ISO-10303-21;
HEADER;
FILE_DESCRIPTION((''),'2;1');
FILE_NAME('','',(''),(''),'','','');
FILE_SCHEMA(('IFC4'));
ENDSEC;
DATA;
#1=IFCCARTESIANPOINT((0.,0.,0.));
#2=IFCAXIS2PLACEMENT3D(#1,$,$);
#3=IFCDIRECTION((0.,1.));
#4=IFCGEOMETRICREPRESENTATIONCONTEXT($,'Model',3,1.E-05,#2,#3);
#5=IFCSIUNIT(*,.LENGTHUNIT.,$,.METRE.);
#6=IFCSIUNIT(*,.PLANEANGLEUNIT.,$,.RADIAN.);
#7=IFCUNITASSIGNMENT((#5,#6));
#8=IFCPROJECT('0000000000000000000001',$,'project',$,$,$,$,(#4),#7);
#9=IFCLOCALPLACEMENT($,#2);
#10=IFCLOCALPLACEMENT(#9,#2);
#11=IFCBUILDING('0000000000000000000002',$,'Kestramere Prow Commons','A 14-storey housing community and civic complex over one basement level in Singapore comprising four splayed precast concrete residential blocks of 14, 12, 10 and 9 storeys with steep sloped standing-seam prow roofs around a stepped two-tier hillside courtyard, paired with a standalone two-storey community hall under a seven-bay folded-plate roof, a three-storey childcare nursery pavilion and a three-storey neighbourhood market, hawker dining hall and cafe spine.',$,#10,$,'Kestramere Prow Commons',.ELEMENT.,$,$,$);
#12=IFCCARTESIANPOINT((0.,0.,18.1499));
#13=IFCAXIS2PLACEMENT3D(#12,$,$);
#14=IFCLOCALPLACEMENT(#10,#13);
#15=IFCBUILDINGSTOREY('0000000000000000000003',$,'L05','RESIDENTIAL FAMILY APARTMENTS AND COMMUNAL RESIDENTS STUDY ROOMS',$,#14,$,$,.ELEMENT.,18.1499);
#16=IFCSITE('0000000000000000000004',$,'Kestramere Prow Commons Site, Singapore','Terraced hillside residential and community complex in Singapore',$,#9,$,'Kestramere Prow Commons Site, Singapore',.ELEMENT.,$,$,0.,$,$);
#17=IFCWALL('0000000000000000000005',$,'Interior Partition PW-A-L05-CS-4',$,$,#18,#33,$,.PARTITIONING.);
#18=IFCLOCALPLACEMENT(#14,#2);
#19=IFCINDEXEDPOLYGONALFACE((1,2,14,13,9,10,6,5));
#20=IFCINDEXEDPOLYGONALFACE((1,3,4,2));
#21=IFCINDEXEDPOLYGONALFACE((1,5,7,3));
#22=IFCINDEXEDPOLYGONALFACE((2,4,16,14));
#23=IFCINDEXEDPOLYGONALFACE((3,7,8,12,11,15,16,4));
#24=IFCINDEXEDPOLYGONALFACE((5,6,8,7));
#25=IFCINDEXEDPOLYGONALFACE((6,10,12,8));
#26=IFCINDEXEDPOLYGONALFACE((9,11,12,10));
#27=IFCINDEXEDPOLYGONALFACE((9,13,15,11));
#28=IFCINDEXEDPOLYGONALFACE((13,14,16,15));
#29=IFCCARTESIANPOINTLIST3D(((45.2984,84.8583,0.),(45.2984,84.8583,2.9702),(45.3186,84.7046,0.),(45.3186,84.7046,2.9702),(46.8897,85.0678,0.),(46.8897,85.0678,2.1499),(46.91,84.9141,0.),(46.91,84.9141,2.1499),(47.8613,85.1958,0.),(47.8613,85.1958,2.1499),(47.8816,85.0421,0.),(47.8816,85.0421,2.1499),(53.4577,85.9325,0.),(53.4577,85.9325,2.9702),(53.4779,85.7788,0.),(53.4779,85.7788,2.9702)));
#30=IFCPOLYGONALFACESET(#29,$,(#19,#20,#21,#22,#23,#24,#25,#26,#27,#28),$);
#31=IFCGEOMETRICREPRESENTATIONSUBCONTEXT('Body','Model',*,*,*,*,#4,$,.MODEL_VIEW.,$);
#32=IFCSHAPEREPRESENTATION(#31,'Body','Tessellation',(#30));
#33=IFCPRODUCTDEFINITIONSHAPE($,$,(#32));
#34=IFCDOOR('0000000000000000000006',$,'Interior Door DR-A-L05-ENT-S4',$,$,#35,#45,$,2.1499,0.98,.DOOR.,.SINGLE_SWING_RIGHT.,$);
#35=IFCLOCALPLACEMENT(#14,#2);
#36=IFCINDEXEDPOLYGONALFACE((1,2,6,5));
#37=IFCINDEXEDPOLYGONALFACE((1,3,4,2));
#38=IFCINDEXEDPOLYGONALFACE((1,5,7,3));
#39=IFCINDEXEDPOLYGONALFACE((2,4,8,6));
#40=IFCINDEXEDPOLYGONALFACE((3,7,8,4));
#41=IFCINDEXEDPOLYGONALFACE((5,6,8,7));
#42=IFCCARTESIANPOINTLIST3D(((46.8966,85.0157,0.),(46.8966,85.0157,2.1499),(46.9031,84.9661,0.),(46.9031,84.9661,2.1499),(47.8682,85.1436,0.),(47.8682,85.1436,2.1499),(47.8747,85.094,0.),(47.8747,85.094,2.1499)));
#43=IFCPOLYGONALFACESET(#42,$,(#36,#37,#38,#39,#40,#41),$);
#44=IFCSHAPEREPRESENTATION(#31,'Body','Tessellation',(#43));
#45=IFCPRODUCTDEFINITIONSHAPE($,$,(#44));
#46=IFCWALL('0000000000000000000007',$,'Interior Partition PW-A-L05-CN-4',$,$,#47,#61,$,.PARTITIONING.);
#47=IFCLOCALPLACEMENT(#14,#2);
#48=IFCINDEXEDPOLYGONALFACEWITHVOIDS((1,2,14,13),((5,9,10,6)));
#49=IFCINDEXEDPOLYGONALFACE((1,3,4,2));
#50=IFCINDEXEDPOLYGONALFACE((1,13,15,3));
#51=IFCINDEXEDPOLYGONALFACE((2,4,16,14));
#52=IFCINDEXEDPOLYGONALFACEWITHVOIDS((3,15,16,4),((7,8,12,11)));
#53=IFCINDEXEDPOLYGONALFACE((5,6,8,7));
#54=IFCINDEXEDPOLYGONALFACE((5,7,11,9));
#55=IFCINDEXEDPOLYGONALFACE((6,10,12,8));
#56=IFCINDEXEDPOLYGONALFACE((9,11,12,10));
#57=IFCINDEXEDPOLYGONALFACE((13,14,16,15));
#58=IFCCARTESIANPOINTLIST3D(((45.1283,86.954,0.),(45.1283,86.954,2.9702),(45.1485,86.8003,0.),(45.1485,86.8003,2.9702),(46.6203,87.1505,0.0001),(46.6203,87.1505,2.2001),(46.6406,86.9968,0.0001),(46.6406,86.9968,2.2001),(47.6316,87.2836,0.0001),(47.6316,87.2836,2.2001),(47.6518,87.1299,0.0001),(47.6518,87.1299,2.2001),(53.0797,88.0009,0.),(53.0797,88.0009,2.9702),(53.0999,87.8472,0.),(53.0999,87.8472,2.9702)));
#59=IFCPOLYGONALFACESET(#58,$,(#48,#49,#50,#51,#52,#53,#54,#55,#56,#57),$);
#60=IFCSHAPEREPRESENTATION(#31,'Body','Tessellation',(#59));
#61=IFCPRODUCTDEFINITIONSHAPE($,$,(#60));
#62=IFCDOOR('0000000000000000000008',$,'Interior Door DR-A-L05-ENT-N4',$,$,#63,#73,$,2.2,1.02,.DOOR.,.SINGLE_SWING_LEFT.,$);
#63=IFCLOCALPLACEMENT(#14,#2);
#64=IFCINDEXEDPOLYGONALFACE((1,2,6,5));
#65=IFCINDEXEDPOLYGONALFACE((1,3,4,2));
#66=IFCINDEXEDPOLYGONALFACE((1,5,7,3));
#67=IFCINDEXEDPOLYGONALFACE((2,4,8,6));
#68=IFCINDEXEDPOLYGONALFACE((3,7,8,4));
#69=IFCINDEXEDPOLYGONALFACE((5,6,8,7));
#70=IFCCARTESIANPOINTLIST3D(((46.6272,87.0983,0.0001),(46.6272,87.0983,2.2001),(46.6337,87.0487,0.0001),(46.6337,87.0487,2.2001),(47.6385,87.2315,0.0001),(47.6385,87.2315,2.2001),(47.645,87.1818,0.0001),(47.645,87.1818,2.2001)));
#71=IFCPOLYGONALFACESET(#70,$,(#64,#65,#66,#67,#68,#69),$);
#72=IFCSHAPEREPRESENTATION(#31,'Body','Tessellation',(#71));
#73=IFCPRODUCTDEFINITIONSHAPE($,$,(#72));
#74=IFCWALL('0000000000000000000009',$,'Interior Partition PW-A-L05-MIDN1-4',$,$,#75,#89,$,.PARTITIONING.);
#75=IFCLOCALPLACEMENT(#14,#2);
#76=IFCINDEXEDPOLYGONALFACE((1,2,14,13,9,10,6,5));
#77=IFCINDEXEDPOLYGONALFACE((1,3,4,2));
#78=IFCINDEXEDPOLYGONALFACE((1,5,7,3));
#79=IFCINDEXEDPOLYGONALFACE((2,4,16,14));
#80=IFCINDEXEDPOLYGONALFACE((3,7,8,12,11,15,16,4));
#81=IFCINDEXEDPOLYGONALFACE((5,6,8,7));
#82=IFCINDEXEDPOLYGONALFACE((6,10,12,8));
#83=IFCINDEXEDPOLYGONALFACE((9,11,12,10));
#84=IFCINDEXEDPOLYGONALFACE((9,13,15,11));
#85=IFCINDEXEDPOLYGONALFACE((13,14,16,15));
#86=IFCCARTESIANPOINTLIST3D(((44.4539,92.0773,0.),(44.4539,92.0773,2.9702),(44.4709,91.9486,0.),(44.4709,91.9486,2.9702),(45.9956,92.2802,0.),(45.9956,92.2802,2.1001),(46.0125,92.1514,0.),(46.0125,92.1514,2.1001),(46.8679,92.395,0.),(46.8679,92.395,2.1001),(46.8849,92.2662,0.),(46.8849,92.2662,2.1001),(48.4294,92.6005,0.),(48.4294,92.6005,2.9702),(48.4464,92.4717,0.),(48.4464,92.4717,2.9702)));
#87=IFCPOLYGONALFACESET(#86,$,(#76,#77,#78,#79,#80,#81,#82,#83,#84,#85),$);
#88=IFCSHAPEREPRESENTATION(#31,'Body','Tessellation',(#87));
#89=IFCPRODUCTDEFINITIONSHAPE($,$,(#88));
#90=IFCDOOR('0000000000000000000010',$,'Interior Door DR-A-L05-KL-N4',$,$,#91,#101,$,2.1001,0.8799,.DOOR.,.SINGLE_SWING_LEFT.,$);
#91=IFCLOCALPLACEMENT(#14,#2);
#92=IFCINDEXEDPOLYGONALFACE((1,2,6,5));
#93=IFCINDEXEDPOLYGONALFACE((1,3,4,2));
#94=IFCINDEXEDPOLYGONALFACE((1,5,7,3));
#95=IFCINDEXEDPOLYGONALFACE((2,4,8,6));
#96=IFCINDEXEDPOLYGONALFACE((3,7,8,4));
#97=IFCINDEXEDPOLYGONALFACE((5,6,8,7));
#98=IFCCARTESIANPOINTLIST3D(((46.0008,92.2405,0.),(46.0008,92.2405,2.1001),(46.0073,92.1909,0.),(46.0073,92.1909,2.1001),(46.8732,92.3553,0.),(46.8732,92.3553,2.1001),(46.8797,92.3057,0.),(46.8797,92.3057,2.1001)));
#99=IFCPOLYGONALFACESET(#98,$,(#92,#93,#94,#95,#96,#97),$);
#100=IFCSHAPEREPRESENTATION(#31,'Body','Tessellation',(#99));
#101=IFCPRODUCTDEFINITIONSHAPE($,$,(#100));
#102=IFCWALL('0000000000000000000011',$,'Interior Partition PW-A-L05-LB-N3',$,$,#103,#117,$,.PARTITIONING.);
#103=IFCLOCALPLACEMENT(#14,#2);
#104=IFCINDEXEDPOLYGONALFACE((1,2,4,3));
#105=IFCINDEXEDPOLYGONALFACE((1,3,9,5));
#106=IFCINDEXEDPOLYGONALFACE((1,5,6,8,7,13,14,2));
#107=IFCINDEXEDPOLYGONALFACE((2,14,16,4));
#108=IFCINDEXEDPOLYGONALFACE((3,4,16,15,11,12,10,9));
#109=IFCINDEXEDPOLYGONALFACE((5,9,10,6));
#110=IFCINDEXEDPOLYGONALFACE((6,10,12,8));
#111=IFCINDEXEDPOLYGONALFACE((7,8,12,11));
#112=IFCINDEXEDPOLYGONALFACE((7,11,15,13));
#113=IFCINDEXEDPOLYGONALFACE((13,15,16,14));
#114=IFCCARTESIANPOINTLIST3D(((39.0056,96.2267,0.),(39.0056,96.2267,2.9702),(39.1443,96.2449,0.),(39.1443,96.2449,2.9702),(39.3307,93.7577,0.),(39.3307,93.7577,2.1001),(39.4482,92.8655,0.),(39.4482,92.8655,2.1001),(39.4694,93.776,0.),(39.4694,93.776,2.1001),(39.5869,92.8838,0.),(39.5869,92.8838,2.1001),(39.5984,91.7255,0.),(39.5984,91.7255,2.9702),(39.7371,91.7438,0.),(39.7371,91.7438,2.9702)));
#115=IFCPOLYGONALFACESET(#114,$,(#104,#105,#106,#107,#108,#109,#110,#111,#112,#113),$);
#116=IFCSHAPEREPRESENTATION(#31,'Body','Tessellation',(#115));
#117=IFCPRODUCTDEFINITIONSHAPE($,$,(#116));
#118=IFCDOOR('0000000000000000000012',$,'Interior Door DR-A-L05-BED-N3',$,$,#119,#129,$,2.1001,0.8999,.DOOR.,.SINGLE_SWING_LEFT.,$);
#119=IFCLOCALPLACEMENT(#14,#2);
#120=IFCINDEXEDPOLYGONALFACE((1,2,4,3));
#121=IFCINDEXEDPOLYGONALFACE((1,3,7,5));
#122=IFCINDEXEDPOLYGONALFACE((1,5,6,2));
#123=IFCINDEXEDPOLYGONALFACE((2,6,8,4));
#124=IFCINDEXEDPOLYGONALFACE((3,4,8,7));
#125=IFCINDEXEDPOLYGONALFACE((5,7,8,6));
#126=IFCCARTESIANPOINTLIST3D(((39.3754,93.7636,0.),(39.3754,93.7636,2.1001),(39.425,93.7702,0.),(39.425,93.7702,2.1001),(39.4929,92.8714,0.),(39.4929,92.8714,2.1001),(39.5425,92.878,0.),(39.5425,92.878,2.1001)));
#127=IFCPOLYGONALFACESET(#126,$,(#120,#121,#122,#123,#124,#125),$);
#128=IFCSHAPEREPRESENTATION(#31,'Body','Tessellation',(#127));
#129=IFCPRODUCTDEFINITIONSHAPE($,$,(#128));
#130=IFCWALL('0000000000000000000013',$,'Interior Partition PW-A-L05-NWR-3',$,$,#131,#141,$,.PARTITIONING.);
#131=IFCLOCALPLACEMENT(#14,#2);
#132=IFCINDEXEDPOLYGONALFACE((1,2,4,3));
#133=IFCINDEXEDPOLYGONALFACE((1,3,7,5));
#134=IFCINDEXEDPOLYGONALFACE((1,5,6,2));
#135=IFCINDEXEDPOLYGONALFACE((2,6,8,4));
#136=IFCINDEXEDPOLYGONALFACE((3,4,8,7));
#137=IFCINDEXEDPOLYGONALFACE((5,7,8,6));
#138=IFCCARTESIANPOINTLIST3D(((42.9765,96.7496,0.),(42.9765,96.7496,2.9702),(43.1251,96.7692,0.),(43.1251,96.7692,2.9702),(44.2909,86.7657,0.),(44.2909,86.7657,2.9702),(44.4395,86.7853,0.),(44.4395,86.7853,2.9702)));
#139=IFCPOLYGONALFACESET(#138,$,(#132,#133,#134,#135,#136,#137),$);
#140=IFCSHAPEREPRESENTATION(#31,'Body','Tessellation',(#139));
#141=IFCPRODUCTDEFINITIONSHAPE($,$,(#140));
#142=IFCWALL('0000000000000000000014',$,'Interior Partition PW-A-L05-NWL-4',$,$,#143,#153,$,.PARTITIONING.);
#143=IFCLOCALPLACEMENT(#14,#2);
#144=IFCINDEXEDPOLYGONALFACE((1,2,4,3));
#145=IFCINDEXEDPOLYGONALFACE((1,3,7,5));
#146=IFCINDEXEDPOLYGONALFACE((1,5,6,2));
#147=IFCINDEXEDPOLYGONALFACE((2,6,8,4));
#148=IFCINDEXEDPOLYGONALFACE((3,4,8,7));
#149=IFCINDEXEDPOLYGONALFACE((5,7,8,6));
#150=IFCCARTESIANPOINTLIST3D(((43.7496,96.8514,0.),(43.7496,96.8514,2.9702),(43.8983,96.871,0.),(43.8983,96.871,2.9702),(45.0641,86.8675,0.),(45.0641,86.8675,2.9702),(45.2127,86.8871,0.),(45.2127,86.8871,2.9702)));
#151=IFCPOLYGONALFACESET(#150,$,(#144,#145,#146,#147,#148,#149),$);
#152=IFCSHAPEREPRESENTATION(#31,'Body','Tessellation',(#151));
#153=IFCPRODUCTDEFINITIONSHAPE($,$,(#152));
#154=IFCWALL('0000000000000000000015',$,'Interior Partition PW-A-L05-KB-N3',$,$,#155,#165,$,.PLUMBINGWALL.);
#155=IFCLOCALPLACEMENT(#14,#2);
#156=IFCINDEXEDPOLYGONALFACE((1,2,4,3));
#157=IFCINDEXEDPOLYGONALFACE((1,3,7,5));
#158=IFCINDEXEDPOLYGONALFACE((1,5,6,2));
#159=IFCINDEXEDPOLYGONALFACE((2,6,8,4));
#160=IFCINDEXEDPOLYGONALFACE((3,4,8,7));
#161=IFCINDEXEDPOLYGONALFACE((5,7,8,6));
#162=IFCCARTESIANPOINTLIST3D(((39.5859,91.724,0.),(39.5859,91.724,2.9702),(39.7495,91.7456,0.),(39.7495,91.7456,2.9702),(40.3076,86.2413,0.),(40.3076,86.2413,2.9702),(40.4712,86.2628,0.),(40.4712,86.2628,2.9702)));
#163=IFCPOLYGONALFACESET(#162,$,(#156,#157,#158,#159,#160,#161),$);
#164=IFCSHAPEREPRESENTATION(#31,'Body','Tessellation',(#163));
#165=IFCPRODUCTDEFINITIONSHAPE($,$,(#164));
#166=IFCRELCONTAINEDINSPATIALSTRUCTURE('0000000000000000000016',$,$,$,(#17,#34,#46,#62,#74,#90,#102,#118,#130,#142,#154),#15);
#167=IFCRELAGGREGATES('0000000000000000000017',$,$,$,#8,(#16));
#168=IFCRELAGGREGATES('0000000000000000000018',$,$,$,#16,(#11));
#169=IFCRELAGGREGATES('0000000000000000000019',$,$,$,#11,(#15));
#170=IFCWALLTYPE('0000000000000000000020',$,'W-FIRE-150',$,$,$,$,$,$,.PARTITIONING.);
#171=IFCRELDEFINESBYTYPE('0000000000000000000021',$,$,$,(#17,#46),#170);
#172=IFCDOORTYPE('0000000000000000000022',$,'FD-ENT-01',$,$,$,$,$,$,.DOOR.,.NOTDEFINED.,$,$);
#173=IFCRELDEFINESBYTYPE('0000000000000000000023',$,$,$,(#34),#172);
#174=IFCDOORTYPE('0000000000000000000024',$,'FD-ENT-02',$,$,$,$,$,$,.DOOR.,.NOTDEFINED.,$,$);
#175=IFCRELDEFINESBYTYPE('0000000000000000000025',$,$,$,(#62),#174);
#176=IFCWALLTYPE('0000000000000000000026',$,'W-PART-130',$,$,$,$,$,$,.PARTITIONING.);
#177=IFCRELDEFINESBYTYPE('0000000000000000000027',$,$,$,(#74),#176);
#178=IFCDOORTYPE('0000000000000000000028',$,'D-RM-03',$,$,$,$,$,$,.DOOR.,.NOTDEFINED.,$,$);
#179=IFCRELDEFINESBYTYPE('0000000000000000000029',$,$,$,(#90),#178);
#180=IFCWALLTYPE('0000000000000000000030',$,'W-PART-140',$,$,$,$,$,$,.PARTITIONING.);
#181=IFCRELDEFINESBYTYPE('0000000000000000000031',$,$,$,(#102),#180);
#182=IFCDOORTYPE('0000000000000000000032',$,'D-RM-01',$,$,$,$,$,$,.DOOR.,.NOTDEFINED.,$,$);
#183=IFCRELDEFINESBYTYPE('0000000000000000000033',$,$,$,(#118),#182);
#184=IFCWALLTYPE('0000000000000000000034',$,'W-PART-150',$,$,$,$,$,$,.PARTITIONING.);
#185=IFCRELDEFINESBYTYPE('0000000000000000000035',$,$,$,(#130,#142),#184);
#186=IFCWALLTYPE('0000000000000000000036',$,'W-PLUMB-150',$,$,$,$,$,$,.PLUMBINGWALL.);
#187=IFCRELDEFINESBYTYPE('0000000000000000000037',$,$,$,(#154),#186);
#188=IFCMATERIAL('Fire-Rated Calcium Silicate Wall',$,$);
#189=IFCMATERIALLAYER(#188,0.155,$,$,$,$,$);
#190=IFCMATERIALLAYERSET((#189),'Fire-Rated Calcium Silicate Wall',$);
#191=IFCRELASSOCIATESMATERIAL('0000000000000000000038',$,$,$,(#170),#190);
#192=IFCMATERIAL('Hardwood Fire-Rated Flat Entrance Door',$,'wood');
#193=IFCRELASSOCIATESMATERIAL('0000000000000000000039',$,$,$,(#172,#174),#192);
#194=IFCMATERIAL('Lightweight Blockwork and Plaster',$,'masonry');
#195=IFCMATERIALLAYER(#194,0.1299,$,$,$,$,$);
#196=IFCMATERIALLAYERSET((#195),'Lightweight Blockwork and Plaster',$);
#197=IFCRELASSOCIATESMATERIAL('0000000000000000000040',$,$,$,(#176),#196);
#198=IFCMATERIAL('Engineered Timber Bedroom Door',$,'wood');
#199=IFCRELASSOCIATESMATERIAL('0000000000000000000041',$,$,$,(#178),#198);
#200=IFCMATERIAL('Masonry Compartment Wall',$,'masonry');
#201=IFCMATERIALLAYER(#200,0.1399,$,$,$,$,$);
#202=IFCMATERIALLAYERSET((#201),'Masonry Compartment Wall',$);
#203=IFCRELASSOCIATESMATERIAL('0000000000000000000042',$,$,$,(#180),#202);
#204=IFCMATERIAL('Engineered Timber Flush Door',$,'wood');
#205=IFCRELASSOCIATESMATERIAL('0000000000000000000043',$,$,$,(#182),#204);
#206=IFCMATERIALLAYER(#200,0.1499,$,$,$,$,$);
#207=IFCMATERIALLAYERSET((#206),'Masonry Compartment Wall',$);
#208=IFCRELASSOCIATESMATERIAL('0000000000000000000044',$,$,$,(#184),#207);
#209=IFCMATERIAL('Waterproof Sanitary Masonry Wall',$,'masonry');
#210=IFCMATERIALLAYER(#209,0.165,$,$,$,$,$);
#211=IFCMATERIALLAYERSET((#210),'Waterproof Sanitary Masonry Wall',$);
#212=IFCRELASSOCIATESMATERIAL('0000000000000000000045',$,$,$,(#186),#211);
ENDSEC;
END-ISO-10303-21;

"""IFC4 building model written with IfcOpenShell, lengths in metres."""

from ifc_helpers import new_model, si_unit, direction, frame, frame_2d, origin, place, context, subcontext, project, spatial, rectangle, extrude, material, layer, layer_set, type_object, element, fill, save


model = new_model("IFC4")

# Units and contexts
model_context = context("Model", 3, precision=1e-05, world=origin(), true_north=direction((0.0, 1.0)))
body_context = subcontext(model_context, "Body", "Model", "MODEL_VIEW")
ifc_project = project(units=[si_unit("LENGTHUNIT", "METRE"), si_unit("PLANEANGLEUNIT", "RADIAN")], contexts=[model_context])

# Site, building, storey
site_placement = place(None, origin())
site = spatial("IfcSite", under=ifc_project, at=site_placement, Name="Kestramere Prow Commons Site, Singapore", Description="Terraced hillside residential and community complex in Singapore", LongName="Kestramere Prow Commons Site, Singapore", CompositionType="ELEMENT", RefElevation=0.0)
building_placement = place(site_placement, origin())
building = spatial("IfcBuilding", under=site, at=building_placement, Name="Kestramere Prow Commons", Description="A 14-storey housing community and civic complex over one basement level in Singapore comprising four splayed precast concrete residential blocks of 14, 12, 10 and 9 storeys with steep sloped standing-seam prow roofs around a stepped two-tier hillside courtyard, paired with a standalone two-storey community hall under a seven-bay folded-plate roof, a three-storey childcare nursery pavilion and a three-storey neighbourhood market, hawker dining hall and cafe spine.", LongName="Kestramere Prow Commons", CompositionType="ELEMENT")
storey_placement = place(building_placement, frame((0.0, 0.0, 18.1499)))
storey = spatial("IfcBuildingStorey", under=building, at=storey_placement, Name="L05", Description="RESIDENTIAL FAMILY APARTMENTS AND COMMUNAL RESIDENTS STUDY ROOMS", CompositionType="ELEMENT", Elevation=18.1499)

# Walls, openings, doors
ifc_material_1 = material(Name="Fire-Rated Calcium Silicate Wall")
ifc_layer_1 = layer(ifc_material_1, 0.155)
ifc_layer_set_1 = layer_set([ifc_layer_1], Name="Fire-Rated Calcium Silicate Wall")
wall_type_1 = type_object("IfcWallType", Name="W-FIRE-150", PredefinedType="PARTITIONING", material=ifc_layer_set_1)
wall_1_placement = place(storey_placement, frame((45.3086, 84.7815, 0.0), z_axis=(0.0, 0.0, 1.0), x_axis=(0.991445, 0.130527, 0.0)))
wall_1 = element("IfcWall", 1, at=wall_1_placement, inside=storey, type_object=wall_type_1, Name="Interior Partition PW-A-L05-CS-4", PredefinedType="PARTITIONING", context=body_context, shape_type="SweptSolid", body=[
    extrude(rectangle(XDim=8.2297, YDim=0.155, at=frame_2d((4.1147, 0.0))), origin(), (0.0, 0.0, 1.0), 2.9702),
])
opening_1_placement = place(wall_1_placement, frame((1.605, 0.0, 0.0)))
opening_1 = element("IfcOpeningElement", 2, at=opening_1_placement, cuts=wall_1, PredefinedType="OPENING", context=body_context, shape_type="SweptSolid", body=[
    extrude(rectangle(XDim=0.98, YDim=2.1499, at=frame_2d((0.49, 1.075))), frame((0.0, 0.0925, 0.0), z_axis=(0.0, -1.0, 0.0), x_axis=(1.0, 0.0, 0.0)), (0.0, 0.0, 1.0), 0.1851),
])
ifc_material_2 = material(Name="Hardwood Fire-Rated Flat Entrance Door", Category="wood")
door_type_1 = type_object("IfcDoorType", Name="FD-ENT-01", OperationType="NOTDEFINED", PredefinedType="DOOR", material=ifc_material_2)
door_1_placement = place(opening_1_placement, origin())
door_1 = element("IfcDoor", 3, at=door_1_placement, inside=storey, type_object=door_type_1, Name="Interior Door DR-A-L05-ENT-S4", OperationType="SINGLE_SWING_RIGHT", OverallHeight=2.1499, OverallWidth=0.98, PredefinedType="DOOR", context=body_context, shape_type="SweptSolid", body=[
    extrude(rectangle(XDim=0.98, YDim=2.1499, at=frame_2d((0.49, 1.075))), frame((0.0, 0.0249, 0.0), z_axis=(0.0, -1.0, 0.0), x_axis=(1.0, 0.0, 0.0)), (0.0, 0.0, 1.0), 0.05),
])
fill(opening_1, door_1)
wall_2_placement = place(storey_placement, frame((45.1384, 86.8772, 0.0), z_axis=(0.0, 0.0, 1.0), x_axis=(0.991444, 0.130532, 0.0)))
wall_2 = element("IfcWall", 4, at=wall_2_placement, inside=storey, type_object=wall_type_1, Name="Interior Partition PW-A-L05-CN-4", PredefinedType="PARTITIONING", context=body_context, shape_type="SweptSolid", body=[
    extrude(rectangle(XDim=8.02, YDim=0.155, at=frame_2d((4.01, 0.0))), origin(), (0.0, 0.0, 1.0), 2.9702),
])
opening_2_placement = place(wall_2_placement, frame((1.5049, 0.0, 0.0)))
opening_2 = element("IfcOpeningElement", 5, at=opening_2_placement, cuts=wall_2, PredefinedType="OPENING", context=body_context, shape_type="SweptSolid", body=[
    extrude(rectangle(XDim=1.02, YDim=2.2, at=frame_2d((0.51, 1.1001))), frame((0.0, 0.0925, 0.0), z_axis=(0.0, -1.0, 0.0), x_axis=(1.0, 0.0, 0.0)), (0.0, 0.0, 1.0), 0.1851),
])
door_type_2 = type_object("IfcDoorType", Name="FD-ENT-02", OperationType="NOTDEFINED", PredefinedType="DOOR", material=ifc_material_2)
door_2_placement = place(opening_2_placement, origin())
door_2 = element("IfcDoor", 6, at=door_2_placement, inside=storey, type_object=door_type_2, Name="Interior Door DR-A-L05-ENT-N4", OperationType="SINGLE_SWING_LEFT", OverallHeight=2.2, OverallWidth=1.02, PredefinedType="DOOR", context=body_context, shape_type="SweptSolid", body=[
    extrude(rectangle(XDim=1.02, YDim=2.2, at=frame_2d((0.51, 1.1001))), frame((0.0, 0.0249, 0.0), z_axis=(0.0, -1.0, 0.0), x_axis=(1.0, 0.0, 0.0)), (0.0, 0.0, 1.0), 0.05),
])
fill(opening_2, door_2)
ifc_material_3 = material(Name="Lightweight Blockwork and Plaster", Category="masonry")
ifc_layer_2 = layer(ifc_material_3, 0.1299)
ifc_layer_set_2 = layer_set([ifc_layer_2], Name="Lightweight Blockwork and Plaster")
wall_type_2 = type_object("IfcWallType", Name="W-PART-130", PredefinedType="PARTITIONING", material=ifc_layer_set_2)
wall_3_placement = place(storey_placement, frame((44.4624, 92.0129, 0.0), z_axis=(0.0, 0.0, 1.0), x_axis=(0.991451, 0.130477, 0.0)))
wall_3 = element("IfcWall", 7, at=wall_3_placement, inside=storey, type_object=wall_type_2, Name="Interior Partition PW-A-L05-MIDN1-4", PredefinedType="PARTITIONING", context=body_context, shape_type="SweptSolid", body=[
    extrude(rectangle(XDim=4.0098, YDim=0.1299, at=frame_2d((2.0049, 0.0))), origin(), (0.0, 0.0, 1.0), 2.9702),
])
opening_3_placement = place(wall_3_placement, frame((1.5549, 0.0, 0.0)))
opening_3 = element("IfcOpeningElement", 8, at=opening_3_placement, cuts=wall_3, PredefinedType="OPENING", context=body_context, shape_type="SweptSolid", body=[
    extrude(rectangle(XDim=0.8799, YDim=2.1001, at=frame_2d((0.4399, 1.05))), frame((0.0, 0.0798, 0.0), z_axis=(0.0, -1.0, 0.0), x_axis=(1.0, 0.0, 0.0)), (0.0, 0.0, 1.0), 0.1599),
])
ifc_material_4 = material(Name="Engineered Timber Bedroom Door", Category="wood")
door_type_3 = type_object("IfcDoorType", Name="D-RM-03", OperationType="NOTDEFINED", PredefinedType="DOOR", material=ifc_material_4)
door_3_placement = place(opening_3_placement, origin())
door_3 = element("IfcDoor", 9, at=door_3_placement, inside=storey, type_object=door_type_3, Name="Interior Door DR-A-L05-KL-N4", OperationType="SINGLE_SWING_LEFT", OverallHeight=2.1001, OverallWidth=0.8799, PredefinedType="DOOR", context=body_context, shape_type="SweptSolid", body=[
    extrude(rectangle(XDim=0.8799, YDim=2.1001, at=frame_2d((0.4399, 1.05))), frame((0.0, 0.0249, 0.0), z_axis=(0.0, -1.0, 0.0), x_axis=(1.0, 0.0, 0.0)), (0.0, 0.0, 1.0), 0.05),
])
fill(opening_3, door_3)
ifc_material_5 = material(Name="Masonry Compartment Wall", Category="masonry")
ifc_layer_3 = layer(ifc_material_5, 0.1399)
ifc_layer_set_3 = layer_set([ifc_layer_3], Name="Masonry Compartment Wall")
wall_type_3 = type_object("IfcWallType", Name="W-PART-140", PredefinedType="PARTITIONING", material=ifc_layer_set_3)
wall_4_placement = place(storey_placement, frame((39.6677, 91.7346, 0.0), z_axis=(0.0, 0.0, 1.0), x_axis=(-0.130564, 0.99144, 0.0)))
wall_4 = element("IfcWall", 10, at=wall_4_placement, inside=storey, type_object=wall_type_3, Name="Interior Partition PW-A-L05-LB-N3", PredefinedType="PARTITIONING", context=body_context, shape_type="SweptSolid", body=[
    extrude(rectangle(XDim=4.54, YDim=0.1399, at=frame_2d((2.27, 0.0))), origin(), (0.0, 0.0, 1.0), 2.9702),
])
opening_4_placement = place(wall_4_placement, frame((1.1499, 0.0, 0.0)))
opening_4 = element("IfcOpeningElement", 11, at=opening_4_placement, cuts=wall_4, PredefinedType="OPENING", context=body_context, shape_type="SweptSolid", body=[
    extrude(rectangle(XDim=0.8999, YDim=2.1001, at=frame_2d((0.45, 1.05))), frame((0.0, 0.085, 0.0), z_axis=(0.0, -1.0, 0.0), x_axis=(1.0, 0.0, 0.0)), (0.0, 0.0, 1.0), 0.1699),
])
ifc_material_6 = material(Name="Engineered Timber Flush Door", Category="wood")
door_type_4 = type_object("IfcDoorType", Name="D-RM-01", OperationType="NOTDEFINED", PredefinedType="DOOR", material=ifc_material_6)
door_4_placement = place(opening_4_placement, origin())
door_4 = element("IfcDoor", 12, at=door_4_placement, inside=storey, type_object=door_type_4, Name="Interior Door DR-A-L05-BED-N3", OperationType="SINGLE_SWING_LEFT", OverallHeight=2.1001, OverallWidth=0.8999, PredefinedType="DOOR", context=body_context, shape_type="SweptSolid", body=[
    extrude(rectangle(XDim=0.8999, YDim=2.1001, at=frame_2d((0.45, 1.05))), frame((0.0, 0.0249, 0.0), z_axis=(0.0, -1.0, 0.0), x_axis=(1.0, 0.0, 0.0)), (0.0, 0.0, 1.0), 0.05),
])
fill(opening_4, door_4)

# Walls
ifc_layer_4 = layer(ifc_material_5, 0.1499)
ifc_layer_set_4 = layer_set([ifc_layer_4], Name="Masonry Compartment Wall")
wall_type_4 = type_object("IfcWallType", Name="W-PART-150", PredefinedType="PARTITIONING", material=ifc_layer_set_4)
for number, where, z_axis, x_axis, name in (
    (13, (44.3652, 86.7754, 0.0), (0.0, 0.0, 1.0), (-0.130531, 0.991444, 0.0), "Interior Partition PW-A-L05-NWR-3"),
    (14, (45.1384, 86.8772, 0.0), (0.0, 0.0, 1.0), (-0.130531, 0.991444, 0.0), "Interior Partition PW-A-L05-NWL-4"),
):
    element("IfcWall", number, at=place(storey_placement, frame(where, z_axis=z_axis, x_axis=x_axis)), inside=storey, type_object=wall_type_4, Name=name, PredefinedType="PARTITIONING", context=body_context, shape_type="SweptSolid", body=[
        extrude(rectangle(XDim=10.0701, YDim=0.1499, at=frame_2d((5.0352, 0.0))), origin(), (0.0, 0.0, 1.0), 2.9702),
    ])
ifc_material_7 = material(Name="Waterproof Sanitary Masonry Wall", Category="masonry")
ifc_layer_5 = layer(ifc_material_7, 0.165)
ifc_layer_set_5 = layer_set([ifc_layer_5], Name="Waterproof Sanitary Masonry Wall")
wall_type_5 = type_object("IfcWallType", Name="W-PLUMB-150", PredefinedType="PLUMBINGWALL", material=ifc_layer_set_5)
wall_5_placement = place(storey_placement, frame((40.3894, 86.252, 0.0), z_axis=(0.0, 0.0, 1.0), x_axis=(-0.130504, 0.991448, 0.0)))
element("IfcWall", 15, at=wall_5_placement, inside=storey, type_object=wall_type_5, Name="Interior Partition PW-A-L05-KB-N3", PredefinedType="PLUMBINGWALL", context=body_context, shape_type="SweptSolid", body=[
    extrude(rectangle(XDim=5.53, YDim=0.165, at=frame_2d((2.7651, 0.0))), origin(), (0.0, 0.0, 1.0), 2.9702),
])

save(model, "model.ifc")
